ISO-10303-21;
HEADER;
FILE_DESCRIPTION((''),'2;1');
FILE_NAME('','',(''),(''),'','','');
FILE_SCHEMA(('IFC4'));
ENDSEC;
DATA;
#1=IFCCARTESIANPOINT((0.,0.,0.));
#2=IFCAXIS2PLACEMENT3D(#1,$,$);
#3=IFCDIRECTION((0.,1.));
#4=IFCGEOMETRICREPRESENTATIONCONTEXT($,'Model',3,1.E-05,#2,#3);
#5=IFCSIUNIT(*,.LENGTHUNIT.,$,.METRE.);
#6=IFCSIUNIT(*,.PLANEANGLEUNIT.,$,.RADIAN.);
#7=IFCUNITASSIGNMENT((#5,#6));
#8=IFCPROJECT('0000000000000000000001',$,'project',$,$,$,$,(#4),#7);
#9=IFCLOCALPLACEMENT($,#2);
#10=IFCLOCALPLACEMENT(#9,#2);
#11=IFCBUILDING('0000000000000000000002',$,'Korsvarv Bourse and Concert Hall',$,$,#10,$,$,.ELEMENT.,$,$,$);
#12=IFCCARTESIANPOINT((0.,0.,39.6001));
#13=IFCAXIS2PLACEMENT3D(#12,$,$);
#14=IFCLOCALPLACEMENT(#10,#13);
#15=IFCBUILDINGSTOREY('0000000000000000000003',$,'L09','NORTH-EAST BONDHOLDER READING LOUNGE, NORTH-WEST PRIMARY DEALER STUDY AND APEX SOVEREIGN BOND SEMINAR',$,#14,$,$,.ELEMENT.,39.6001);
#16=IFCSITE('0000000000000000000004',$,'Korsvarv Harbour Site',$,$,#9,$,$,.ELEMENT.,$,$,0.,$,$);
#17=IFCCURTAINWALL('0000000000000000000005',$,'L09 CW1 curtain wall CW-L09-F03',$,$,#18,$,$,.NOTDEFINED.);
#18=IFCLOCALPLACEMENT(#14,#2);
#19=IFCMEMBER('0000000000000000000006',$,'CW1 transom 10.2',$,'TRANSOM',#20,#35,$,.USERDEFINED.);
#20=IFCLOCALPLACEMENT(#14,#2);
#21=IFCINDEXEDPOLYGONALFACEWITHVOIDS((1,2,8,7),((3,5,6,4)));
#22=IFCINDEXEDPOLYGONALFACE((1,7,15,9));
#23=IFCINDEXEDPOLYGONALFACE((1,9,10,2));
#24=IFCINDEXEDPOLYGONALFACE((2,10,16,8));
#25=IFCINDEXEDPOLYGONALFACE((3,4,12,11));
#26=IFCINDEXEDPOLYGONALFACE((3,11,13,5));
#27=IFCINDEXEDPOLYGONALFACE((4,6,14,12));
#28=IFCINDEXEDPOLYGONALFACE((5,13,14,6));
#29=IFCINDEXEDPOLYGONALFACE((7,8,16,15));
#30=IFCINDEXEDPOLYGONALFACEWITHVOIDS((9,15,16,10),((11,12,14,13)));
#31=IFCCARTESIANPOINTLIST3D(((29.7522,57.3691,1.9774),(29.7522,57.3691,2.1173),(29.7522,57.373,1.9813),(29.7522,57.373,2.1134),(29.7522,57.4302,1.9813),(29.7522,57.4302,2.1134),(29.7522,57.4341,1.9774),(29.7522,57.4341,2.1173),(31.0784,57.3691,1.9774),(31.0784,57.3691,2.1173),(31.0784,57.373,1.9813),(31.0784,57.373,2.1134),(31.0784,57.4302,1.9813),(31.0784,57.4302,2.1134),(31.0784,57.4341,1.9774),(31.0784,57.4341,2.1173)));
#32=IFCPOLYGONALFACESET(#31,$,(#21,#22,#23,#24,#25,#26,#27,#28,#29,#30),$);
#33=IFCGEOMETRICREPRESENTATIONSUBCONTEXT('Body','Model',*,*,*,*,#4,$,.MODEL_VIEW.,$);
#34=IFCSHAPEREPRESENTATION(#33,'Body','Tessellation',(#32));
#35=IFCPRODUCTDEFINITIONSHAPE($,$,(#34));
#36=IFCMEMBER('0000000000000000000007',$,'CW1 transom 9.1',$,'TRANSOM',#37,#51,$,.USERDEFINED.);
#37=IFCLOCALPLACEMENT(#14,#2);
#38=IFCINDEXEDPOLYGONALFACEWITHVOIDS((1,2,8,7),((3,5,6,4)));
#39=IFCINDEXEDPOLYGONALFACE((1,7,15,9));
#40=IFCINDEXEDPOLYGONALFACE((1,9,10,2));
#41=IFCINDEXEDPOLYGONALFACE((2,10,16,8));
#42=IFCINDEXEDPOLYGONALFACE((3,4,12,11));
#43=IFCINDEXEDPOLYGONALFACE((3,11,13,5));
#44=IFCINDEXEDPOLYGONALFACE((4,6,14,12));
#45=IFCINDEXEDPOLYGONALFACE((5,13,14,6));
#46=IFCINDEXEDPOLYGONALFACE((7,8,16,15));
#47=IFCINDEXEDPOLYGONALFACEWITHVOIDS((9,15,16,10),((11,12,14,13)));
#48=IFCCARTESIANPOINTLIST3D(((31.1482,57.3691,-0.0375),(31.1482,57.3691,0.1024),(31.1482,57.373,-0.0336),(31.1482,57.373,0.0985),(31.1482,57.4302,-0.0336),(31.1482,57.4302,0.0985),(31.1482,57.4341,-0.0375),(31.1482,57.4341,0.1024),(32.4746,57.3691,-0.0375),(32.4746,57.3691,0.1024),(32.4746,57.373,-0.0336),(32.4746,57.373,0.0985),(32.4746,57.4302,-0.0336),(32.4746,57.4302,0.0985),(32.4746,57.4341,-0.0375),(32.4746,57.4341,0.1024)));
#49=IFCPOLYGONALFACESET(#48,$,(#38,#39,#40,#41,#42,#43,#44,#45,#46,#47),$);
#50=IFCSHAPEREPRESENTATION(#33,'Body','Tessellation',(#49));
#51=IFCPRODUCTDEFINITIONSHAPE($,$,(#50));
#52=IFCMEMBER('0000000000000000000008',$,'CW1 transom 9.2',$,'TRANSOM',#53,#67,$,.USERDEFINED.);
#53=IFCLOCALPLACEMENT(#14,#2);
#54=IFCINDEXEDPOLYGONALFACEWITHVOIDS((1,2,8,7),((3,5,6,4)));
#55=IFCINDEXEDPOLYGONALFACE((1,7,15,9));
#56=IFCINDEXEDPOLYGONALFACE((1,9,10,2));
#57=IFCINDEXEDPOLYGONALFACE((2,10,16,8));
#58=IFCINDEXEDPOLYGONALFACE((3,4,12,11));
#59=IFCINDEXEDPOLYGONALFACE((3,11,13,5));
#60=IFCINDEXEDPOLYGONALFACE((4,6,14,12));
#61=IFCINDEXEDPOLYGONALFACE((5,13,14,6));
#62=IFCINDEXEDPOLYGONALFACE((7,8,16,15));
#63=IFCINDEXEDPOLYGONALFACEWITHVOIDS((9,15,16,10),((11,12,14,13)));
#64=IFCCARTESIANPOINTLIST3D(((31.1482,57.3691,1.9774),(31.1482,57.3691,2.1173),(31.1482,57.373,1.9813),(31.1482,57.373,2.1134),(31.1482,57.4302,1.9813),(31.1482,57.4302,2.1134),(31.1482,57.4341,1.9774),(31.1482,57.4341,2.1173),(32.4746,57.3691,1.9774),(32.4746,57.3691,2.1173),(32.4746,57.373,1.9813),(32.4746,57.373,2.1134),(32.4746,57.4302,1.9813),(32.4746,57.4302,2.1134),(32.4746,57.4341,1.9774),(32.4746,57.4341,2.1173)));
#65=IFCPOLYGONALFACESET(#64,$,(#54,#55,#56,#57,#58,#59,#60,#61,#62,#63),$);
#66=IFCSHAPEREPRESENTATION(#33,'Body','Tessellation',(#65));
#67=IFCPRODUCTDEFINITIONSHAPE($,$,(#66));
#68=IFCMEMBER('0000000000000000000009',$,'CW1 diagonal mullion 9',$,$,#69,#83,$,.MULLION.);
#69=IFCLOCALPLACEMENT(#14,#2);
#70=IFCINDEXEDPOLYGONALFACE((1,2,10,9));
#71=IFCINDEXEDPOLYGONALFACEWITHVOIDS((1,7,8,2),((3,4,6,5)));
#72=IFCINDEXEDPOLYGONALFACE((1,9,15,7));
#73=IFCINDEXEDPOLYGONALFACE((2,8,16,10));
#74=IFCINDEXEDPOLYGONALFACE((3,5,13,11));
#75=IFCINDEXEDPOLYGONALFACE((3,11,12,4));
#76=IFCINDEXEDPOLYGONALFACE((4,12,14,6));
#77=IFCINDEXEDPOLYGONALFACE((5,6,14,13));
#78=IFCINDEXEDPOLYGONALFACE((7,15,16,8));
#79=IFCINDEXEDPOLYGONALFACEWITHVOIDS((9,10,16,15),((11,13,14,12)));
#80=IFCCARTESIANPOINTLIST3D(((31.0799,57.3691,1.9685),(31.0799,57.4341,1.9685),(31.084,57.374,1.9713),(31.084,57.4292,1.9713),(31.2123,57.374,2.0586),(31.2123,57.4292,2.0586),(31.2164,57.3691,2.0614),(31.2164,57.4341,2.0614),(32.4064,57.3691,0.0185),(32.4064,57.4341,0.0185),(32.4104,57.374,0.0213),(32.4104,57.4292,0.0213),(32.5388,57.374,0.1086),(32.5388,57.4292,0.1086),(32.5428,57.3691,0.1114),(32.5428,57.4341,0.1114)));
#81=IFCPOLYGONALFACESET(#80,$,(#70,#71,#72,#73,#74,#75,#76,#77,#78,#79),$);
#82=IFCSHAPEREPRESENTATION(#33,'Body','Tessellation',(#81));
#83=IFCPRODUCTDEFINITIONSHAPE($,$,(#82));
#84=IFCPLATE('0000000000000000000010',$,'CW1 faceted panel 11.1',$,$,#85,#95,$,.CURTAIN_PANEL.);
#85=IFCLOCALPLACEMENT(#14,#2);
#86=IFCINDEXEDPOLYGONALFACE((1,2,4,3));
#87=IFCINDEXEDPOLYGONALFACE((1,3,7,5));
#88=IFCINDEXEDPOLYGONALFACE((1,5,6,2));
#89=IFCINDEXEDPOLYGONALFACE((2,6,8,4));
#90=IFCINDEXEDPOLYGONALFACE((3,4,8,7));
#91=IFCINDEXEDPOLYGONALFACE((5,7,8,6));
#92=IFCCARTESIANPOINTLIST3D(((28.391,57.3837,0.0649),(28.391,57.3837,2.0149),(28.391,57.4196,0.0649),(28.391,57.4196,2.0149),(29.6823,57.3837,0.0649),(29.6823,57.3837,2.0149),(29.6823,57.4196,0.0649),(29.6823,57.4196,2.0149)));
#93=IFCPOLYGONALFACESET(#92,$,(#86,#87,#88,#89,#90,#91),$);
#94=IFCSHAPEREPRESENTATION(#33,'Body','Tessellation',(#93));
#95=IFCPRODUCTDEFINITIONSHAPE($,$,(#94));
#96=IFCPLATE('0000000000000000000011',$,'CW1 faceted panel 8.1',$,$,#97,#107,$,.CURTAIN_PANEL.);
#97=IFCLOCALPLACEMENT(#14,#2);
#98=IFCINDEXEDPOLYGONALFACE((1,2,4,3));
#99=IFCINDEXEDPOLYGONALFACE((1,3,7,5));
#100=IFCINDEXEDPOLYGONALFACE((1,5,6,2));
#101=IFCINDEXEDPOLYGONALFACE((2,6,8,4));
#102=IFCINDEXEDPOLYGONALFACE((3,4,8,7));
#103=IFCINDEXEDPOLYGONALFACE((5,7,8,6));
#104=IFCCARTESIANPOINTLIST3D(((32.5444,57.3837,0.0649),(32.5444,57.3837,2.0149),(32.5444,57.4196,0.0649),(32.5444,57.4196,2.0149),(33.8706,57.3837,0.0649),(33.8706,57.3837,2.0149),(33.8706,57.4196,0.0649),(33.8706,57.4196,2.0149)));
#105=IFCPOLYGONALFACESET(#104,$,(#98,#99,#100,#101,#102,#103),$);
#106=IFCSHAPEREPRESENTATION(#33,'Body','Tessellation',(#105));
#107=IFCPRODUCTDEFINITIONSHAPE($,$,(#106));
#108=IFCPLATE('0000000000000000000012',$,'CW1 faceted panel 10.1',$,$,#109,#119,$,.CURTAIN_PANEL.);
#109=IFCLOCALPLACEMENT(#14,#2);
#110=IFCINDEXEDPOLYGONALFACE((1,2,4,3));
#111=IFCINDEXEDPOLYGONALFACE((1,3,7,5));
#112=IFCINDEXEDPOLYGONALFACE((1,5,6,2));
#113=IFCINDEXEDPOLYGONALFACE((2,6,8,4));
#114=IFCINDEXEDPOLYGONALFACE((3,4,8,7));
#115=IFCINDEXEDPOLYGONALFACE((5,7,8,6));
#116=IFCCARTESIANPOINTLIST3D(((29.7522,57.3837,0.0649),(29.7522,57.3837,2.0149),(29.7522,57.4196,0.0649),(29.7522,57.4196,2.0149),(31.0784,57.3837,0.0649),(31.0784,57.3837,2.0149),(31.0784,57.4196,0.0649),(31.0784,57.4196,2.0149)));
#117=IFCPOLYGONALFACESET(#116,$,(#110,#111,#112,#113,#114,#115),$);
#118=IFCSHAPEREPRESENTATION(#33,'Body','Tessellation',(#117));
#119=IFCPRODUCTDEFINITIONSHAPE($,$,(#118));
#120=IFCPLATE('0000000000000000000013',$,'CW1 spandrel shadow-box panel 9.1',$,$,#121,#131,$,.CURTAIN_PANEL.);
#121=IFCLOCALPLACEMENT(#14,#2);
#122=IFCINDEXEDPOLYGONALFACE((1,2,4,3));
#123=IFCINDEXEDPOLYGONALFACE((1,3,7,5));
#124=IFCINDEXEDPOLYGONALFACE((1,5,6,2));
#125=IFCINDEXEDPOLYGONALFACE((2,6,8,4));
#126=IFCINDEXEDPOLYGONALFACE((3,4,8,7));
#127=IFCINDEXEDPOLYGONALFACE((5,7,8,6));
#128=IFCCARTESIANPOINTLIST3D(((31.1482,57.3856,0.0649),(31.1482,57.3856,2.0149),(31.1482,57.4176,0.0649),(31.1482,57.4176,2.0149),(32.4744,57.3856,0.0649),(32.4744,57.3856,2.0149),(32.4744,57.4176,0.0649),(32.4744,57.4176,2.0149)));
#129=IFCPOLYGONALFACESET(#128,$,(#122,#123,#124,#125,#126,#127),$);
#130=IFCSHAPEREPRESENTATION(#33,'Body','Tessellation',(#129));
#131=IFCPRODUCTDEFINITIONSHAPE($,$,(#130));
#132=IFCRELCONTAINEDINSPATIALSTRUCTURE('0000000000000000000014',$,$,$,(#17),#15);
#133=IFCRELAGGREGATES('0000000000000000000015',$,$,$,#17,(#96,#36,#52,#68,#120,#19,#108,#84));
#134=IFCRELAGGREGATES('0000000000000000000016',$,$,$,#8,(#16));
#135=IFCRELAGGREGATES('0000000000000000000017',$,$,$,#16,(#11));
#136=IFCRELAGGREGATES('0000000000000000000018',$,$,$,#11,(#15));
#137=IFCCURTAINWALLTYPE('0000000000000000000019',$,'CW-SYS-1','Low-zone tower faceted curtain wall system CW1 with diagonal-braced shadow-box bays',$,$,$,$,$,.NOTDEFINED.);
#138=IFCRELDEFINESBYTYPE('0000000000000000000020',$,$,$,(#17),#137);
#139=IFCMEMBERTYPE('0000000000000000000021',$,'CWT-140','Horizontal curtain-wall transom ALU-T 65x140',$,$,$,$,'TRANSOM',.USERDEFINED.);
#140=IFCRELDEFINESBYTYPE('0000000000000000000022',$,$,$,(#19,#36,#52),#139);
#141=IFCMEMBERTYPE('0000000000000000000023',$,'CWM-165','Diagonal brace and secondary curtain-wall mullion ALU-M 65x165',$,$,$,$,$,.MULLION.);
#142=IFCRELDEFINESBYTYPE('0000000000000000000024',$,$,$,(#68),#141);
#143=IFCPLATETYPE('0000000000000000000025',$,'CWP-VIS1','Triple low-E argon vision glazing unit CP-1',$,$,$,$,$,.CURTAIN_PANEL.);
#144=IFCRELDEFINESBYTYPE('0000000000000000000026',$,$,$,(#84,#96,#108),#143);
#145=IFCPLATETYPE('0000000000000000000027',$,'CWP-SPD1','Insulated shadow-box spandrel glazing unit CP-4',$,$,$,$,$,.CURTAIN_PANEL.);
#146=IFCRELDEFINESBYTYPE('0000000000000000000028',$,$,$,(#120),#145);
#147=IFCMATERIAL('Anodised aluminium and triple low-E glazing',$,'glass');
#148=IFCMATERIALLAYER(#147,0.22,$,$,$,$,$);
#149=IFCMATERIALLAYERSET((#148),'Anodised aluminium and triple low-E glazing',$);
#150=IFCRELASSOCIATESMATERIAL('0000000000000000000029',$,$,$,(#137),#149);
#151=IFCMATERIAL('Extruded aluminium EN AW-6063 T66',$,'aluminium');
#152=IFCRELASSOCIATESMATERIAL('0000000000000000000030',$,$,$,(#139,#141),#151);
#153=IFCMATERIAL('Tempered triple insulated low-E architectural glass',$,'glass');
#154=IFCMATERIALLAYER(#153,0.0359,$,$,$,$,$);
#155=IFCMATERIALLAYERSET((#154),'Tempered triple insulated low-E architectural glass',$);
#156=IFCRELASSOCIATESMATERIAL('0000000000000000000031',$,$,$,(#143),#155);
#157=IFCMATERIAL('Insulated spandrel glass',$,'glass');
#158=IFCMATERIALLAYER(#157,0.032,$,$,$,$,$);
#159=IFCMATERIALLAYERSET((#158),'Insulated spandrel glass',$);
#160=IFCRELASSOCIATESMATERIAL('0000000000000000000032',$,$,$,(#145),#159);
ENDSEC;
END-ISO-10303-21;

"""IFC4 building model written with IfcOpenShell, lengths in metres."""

from ifc_helpers import new_model, si_unit, direction, frame, origin, origin_2d, place, context, subcontext, project, spatial, rectangle, hollow_rectangle, extrude, source, transform, mapped, material, layer, layer_set, material_profile, profile_set, type_object, element, aggregate, save


model = new_model("IFC4")

# Units and contexts
model_context = context("Model", 3, precision=1e-05, world=origin(), true_north=direction((0.0, 1.0)))
body_context = subcontext(model_context, "Body", "Model", "MODEL_VIEW")
ifc_project = project(units=[si_unit("LENGTHUNIT", "METRE"), si_unit("PLANEANGLEUNIT", "RADIAN")], contexts=[model_context])

# Site, building, storey
site_placement = place(None, origin())
site = spatial("IfcSite", under=ifc_project, at=site_placement, Name="Korsvarv Harbour Site", CompositionType="ELEMENT", RefElevation=0.0)
building_placement = place(site_placement, origin())
building = spatial("IfcBuilding", under=site, at=building_placement, Name="Korsvarv Bourse and Concert Hall", CompositionType="ELEMENT")
storey_placement = place(building_placement, frame((0.0, 0.0, 39.6001)))
storey = spatial("IfcBuildingStorey", under=building, at=storey_placement, Name="L09", Description="NORTH-EAST BONDHOLDER READING LOUNGE, NORTH-WEST PRIMARY DEALER STUDY AND APEX SOVEREIGN BOND SEMINAR", CompositionType="ELEMENT", Elevation=39.6001)

# Curtain wall, members, plates
ifc_material_1 = material(Name="Anodised aluminium and triple low-E glazing", Category="glass")
ifc_layer_1 = layer(ifc_material_1, 0.22)
ifc_layer_set_1 = layer_set([ifc_layer_1], Name="Anodised aluminium and triple low-E glazing")
curtain_wall_type = type_object("IfcCurtainWallType", Name="CW-SYS-1", Description="Low-zone tower faceted curtain wall system CW1 with diagonal-braced shadow-box bays", PredefinedType="NOTDEFINED", material=ifc_layer_set_1)
curtain_wall_placement = place(storey_placement, origin())
curtain_wall = element("IfcCurtainWall", 1, at=curtain_wall_placement, inside=storey, type_object=curtain_wall_type, Name="L09 CW1 curtain wall CW-L09-F03", PredefinedType="NOTDEFINED")
ifc_material_2 = material(Name="Extruded aluminium EN AW-6063 T66", Category="aluminium")
ifc_material_profile_1 = material_profile(ifc_material_2, hollow_rectangle(XDim=0.0649, YDim=0.1399, WallThickness=0.0039, at=origin_2d()), Name="ALU-T 65x140")
ifc_profile_set_1 = profile_set([ifc_material_profile_1], Name="Extruded aluminium EN AW-6063 T66")
member_type_1 = type_object("IfcMemberType", Name="CWT-140", Description="Horizontal curtain-wall transom ALU-T 65x140", ElementType="TRANSOM", PredefinedType="USERDEFINED", material=ifc_profile_set_1)
shared_shape_1 = source(origin(), body_context, "Body", "SweptSolid", [
    extrude(hollow_rectangle(XDim=0.0649, YDim=0.1399, WallThickness=0.0039, at=origin_2d()), origin(), (0.0, 0.0, 1.0), 1.3262),
])
member_1_placement = place(storey_placement, frame((31.0784, 57.4016, 2.0474), z_axis=(-1.0, 0.0, 0.0), x_axis=(0.0, -1.0, 0.0)))
member_1 = element("IfcMember", 2, at=member_1_placement, type_object=member_type_1, Name="CW1 transom 10.2", ObjectType="TRANSOM", PredefinedType="USERDEFINED", context=body_context, shape_type="MappedRepresentation", body=[
    mapped(shared_shape_1, transform((0.0, 0.0, 0.0), scale=1.0)),
])
shared_shape_2 = source(origin(), body_context, "Body", "SweptSolid", [
    extrude(hollow_rectangle(XDim=0.0649, YDim=0.1399, WallThickness=0.0039, at=origin_2d()), origin(), (0.0, 0.0, 1.0), 1.3264),
])
member_2_placement = place(storey_placement, frame((32.4746, 57.4016, 0.0325), z_axis=(-1.0, 0.0, 0.0), x_axis=(0.0, -1.0, 0.0)))
member_2 = element("IfcMember", 3, at=member_2_placement, type_object=member_type_1, Name="CW1 transom 9.1", ObjectType="TRANSOM", PredefinedType="USERDEFINED", context=body_context, shape_type="MappedRepresentation", body=[
    mapped(shared_shape_2, transform((0.0, 0.0, 0.0), scale=1.0)),
])
member_3_placement = place(storey_placement, frame((32.4746, 57.4016, 2.0474), z_axis=(-1.0, 0.0, 0.0), x_axis=(0.0, -1.0, 0.0)))
member_3 = element("IfcMember", 4, at=member_3_placement, type_object=member_type_1, Name="CW1 transom 9.2", ObjectType="TRANSOM", PredefinedType="USERDEFINED", context=body_context, shape_type="MappedRepresentation", body=[
    mapped(shared_shape_2, transform((0.0, 0.0, 0.0), scale=1.0)),
])
ifc_material_profile_2 = material_profile(ifc_material_2, hollow_rectangle(XDim=0.0649, YDim=0.165, WallThickness=0.0049, at=origin_2d()), Name="ALU-M 65x165")
ifc_profile_set_2 = profile_set([ifc_material_profile_2], Name="Extruded aluminium EN AW-6063 T66")
member_type_2 = type_object("IfcMemberType", Name="CWM-165", Description="Diagonal brace and secondary curtain-wall mullion ALU-M 65x165", PredefinedType="MULLION", material=ifc_profile_set_2)
shared_shape_3 = source(origin(), body_context, "Body", "SweptSolid", [
    extrude(hollow_rectangle(XDim=0.0649, YDim=0.165, WallThickness=0.0049, at=origin_2d()), origin(), (0.0, 0.0, 1.0), 2.3584),
])
member_4_placement = place(storey_placement, frame((32.4746, 57.4016, 0.0649), z_axis=(-0.56244, 0.0, 0.826838), x_axis=(0.0, -1.0, 0.0)))
member_4 = element("IfcMember", 5, at=member_4_placement, type_object=member_type_2, Name="CW1 diagonal mullion 9", PredefinedType="MULLION", context=body_context, shape_type="MappedRepresentation", body=[
    mapped(shared_shape_3, transform((0.0, 0.0, 0.0), scale=1.0)),
])
ifc_material_3 = material(Name="Tempered triple insulated low-E architectural glass", Category="glass")
ifc_layer_2 = layer(ifc_material_3, 0.0359)
ifc_layer_set_2 = layer_set([ifc_layer_2], Name="Tempered triple insulated low-E architectural glass")
plate_type_1 = type_object("IfcPlateType", Name="CWP-VIS1", Description="Triple low-E argon vision glazing unit CP-1", PredefinedType="CURTAIN_PANEL", material=ifc_layer_set_2)
shared_shape_4 = source(origin(), body_context, "Body", "SweptSolid", [
    extrude(rectangle(XDim=1.2913, YDim=0.0359, at=origin_2d()), origin(), (0.0, 0.0, 1.0), 1.95),
])
plate_1_placement = place(storey_placement, frame((29.0366, 57.4016, 0.0649), z_axis=(0.0, 0.0, 1.0), x_axis=(-1.0, 0.0, 0.0)))
plate_1 = element("IfcPlate", 6, at=plate_1_placement, type_object=plate_type_1, Name="CW1 faceted panel 11.1", PredefinedType="CURTAIN_PANEL", context=body_context, shape_type="MappedRepresentation", body=[
    mapped(shared_shape_4, transform((0.0, 0.0, 0.0), scale=1.0)),
])
shared_shape_5 = source(origin(), body_context, "Body", "SweptSolid", [
    extrude(rectangle(XDim=1.3262, YDim=0.0359, at=origin_2d()), origin(), (0.0, 0.0, 1.0), 1.95),
])
plate_2_placement = place(storey_placement, frame((33.2075, 57.4016, 0.0649), z_axis=(0.0, 0.0, 1.0), x_axis=(-1.0, 0.0, 0.0)))
plate_2 = element("IfcPlate", 7, at=plate_2_placement, type_object=plate_type_1, Name="CW1 faceted panel 8.1", PredefinedType="CURTAIN_PANEL", context=body_context, shape_type="MappedRepresentation", body=[
    mapped(shared_shape_5, transform((0.0, 0.0, 0.0), scale=1.0)),
])
plate_3_placement = place(storey_placement, frame((30.4153, 57.4016, 0.0649), z_axis=(0.0, 0.0, 1.0), x_axis=(-1.0, 0.0, 0.0)))
plate_3 = element("IfcPlate", 8, at=plate_3_placement, type_object=plate_type_1, Name="CW1 faceted panel 10.1", PredefinedType="CURTAIN_PANEL", context=body_context, shape_type="MappedRepresentation", body=[
    mapped(shared_shape_5, transform((0.0, 0.0, 0.0), scale=1.0)),
])
ifc_material_4 = material(Name="Insulated spandrel glass", Category="glass")
ifc_layer_3 = layer(ifc_material_4, 0.032)
ifc_layer_set_3 = layer_set([ifc_layer_3], Name="Insulated spandrel glass")
plate_type_2 = type_object("IfcPlateType", Name="CWP-SPD1", Description="Insulated shadow-box spandrel glazing unit CP-4", PredefinedType="CURTAIN_PANEL", material=ifc_layer_set_3)
shared_shape_6 = source(origin(), body_context, "Body", "SweptSolid", [
    extrude(rectangle(XDim=1.3262, YDim=0.032, at=origin_2d()), origin(), (0.0, 0.0, 1.0), 1.95),
])
plate_4_placement = place(storey_placement, frame((31.8113, 57.4016, 0.0649), z_axis=(0.0, 0.0, 1.0), x_axis=(-1.0, 0.0, 0.0)))
plate_4 = element("IfcPlate", 9, at=plate_4_placement, type_object=plate_type_2, Name="CW1 spandrel shadow-box panel 9.1", PredefinedType="CURTAIN_PANEL", context=body_context, shape_type="MappedRepresentation", body=[
    mapped(shared_shape_6, transform((0.0, 0.0, 0.0), scale=1.0)),
])
aggregate(curtain_wall, [plate_2, member_2, member_3, member_4, plate_4, member_1, plate_3, plate_1])

save(model, "model.ifc")
